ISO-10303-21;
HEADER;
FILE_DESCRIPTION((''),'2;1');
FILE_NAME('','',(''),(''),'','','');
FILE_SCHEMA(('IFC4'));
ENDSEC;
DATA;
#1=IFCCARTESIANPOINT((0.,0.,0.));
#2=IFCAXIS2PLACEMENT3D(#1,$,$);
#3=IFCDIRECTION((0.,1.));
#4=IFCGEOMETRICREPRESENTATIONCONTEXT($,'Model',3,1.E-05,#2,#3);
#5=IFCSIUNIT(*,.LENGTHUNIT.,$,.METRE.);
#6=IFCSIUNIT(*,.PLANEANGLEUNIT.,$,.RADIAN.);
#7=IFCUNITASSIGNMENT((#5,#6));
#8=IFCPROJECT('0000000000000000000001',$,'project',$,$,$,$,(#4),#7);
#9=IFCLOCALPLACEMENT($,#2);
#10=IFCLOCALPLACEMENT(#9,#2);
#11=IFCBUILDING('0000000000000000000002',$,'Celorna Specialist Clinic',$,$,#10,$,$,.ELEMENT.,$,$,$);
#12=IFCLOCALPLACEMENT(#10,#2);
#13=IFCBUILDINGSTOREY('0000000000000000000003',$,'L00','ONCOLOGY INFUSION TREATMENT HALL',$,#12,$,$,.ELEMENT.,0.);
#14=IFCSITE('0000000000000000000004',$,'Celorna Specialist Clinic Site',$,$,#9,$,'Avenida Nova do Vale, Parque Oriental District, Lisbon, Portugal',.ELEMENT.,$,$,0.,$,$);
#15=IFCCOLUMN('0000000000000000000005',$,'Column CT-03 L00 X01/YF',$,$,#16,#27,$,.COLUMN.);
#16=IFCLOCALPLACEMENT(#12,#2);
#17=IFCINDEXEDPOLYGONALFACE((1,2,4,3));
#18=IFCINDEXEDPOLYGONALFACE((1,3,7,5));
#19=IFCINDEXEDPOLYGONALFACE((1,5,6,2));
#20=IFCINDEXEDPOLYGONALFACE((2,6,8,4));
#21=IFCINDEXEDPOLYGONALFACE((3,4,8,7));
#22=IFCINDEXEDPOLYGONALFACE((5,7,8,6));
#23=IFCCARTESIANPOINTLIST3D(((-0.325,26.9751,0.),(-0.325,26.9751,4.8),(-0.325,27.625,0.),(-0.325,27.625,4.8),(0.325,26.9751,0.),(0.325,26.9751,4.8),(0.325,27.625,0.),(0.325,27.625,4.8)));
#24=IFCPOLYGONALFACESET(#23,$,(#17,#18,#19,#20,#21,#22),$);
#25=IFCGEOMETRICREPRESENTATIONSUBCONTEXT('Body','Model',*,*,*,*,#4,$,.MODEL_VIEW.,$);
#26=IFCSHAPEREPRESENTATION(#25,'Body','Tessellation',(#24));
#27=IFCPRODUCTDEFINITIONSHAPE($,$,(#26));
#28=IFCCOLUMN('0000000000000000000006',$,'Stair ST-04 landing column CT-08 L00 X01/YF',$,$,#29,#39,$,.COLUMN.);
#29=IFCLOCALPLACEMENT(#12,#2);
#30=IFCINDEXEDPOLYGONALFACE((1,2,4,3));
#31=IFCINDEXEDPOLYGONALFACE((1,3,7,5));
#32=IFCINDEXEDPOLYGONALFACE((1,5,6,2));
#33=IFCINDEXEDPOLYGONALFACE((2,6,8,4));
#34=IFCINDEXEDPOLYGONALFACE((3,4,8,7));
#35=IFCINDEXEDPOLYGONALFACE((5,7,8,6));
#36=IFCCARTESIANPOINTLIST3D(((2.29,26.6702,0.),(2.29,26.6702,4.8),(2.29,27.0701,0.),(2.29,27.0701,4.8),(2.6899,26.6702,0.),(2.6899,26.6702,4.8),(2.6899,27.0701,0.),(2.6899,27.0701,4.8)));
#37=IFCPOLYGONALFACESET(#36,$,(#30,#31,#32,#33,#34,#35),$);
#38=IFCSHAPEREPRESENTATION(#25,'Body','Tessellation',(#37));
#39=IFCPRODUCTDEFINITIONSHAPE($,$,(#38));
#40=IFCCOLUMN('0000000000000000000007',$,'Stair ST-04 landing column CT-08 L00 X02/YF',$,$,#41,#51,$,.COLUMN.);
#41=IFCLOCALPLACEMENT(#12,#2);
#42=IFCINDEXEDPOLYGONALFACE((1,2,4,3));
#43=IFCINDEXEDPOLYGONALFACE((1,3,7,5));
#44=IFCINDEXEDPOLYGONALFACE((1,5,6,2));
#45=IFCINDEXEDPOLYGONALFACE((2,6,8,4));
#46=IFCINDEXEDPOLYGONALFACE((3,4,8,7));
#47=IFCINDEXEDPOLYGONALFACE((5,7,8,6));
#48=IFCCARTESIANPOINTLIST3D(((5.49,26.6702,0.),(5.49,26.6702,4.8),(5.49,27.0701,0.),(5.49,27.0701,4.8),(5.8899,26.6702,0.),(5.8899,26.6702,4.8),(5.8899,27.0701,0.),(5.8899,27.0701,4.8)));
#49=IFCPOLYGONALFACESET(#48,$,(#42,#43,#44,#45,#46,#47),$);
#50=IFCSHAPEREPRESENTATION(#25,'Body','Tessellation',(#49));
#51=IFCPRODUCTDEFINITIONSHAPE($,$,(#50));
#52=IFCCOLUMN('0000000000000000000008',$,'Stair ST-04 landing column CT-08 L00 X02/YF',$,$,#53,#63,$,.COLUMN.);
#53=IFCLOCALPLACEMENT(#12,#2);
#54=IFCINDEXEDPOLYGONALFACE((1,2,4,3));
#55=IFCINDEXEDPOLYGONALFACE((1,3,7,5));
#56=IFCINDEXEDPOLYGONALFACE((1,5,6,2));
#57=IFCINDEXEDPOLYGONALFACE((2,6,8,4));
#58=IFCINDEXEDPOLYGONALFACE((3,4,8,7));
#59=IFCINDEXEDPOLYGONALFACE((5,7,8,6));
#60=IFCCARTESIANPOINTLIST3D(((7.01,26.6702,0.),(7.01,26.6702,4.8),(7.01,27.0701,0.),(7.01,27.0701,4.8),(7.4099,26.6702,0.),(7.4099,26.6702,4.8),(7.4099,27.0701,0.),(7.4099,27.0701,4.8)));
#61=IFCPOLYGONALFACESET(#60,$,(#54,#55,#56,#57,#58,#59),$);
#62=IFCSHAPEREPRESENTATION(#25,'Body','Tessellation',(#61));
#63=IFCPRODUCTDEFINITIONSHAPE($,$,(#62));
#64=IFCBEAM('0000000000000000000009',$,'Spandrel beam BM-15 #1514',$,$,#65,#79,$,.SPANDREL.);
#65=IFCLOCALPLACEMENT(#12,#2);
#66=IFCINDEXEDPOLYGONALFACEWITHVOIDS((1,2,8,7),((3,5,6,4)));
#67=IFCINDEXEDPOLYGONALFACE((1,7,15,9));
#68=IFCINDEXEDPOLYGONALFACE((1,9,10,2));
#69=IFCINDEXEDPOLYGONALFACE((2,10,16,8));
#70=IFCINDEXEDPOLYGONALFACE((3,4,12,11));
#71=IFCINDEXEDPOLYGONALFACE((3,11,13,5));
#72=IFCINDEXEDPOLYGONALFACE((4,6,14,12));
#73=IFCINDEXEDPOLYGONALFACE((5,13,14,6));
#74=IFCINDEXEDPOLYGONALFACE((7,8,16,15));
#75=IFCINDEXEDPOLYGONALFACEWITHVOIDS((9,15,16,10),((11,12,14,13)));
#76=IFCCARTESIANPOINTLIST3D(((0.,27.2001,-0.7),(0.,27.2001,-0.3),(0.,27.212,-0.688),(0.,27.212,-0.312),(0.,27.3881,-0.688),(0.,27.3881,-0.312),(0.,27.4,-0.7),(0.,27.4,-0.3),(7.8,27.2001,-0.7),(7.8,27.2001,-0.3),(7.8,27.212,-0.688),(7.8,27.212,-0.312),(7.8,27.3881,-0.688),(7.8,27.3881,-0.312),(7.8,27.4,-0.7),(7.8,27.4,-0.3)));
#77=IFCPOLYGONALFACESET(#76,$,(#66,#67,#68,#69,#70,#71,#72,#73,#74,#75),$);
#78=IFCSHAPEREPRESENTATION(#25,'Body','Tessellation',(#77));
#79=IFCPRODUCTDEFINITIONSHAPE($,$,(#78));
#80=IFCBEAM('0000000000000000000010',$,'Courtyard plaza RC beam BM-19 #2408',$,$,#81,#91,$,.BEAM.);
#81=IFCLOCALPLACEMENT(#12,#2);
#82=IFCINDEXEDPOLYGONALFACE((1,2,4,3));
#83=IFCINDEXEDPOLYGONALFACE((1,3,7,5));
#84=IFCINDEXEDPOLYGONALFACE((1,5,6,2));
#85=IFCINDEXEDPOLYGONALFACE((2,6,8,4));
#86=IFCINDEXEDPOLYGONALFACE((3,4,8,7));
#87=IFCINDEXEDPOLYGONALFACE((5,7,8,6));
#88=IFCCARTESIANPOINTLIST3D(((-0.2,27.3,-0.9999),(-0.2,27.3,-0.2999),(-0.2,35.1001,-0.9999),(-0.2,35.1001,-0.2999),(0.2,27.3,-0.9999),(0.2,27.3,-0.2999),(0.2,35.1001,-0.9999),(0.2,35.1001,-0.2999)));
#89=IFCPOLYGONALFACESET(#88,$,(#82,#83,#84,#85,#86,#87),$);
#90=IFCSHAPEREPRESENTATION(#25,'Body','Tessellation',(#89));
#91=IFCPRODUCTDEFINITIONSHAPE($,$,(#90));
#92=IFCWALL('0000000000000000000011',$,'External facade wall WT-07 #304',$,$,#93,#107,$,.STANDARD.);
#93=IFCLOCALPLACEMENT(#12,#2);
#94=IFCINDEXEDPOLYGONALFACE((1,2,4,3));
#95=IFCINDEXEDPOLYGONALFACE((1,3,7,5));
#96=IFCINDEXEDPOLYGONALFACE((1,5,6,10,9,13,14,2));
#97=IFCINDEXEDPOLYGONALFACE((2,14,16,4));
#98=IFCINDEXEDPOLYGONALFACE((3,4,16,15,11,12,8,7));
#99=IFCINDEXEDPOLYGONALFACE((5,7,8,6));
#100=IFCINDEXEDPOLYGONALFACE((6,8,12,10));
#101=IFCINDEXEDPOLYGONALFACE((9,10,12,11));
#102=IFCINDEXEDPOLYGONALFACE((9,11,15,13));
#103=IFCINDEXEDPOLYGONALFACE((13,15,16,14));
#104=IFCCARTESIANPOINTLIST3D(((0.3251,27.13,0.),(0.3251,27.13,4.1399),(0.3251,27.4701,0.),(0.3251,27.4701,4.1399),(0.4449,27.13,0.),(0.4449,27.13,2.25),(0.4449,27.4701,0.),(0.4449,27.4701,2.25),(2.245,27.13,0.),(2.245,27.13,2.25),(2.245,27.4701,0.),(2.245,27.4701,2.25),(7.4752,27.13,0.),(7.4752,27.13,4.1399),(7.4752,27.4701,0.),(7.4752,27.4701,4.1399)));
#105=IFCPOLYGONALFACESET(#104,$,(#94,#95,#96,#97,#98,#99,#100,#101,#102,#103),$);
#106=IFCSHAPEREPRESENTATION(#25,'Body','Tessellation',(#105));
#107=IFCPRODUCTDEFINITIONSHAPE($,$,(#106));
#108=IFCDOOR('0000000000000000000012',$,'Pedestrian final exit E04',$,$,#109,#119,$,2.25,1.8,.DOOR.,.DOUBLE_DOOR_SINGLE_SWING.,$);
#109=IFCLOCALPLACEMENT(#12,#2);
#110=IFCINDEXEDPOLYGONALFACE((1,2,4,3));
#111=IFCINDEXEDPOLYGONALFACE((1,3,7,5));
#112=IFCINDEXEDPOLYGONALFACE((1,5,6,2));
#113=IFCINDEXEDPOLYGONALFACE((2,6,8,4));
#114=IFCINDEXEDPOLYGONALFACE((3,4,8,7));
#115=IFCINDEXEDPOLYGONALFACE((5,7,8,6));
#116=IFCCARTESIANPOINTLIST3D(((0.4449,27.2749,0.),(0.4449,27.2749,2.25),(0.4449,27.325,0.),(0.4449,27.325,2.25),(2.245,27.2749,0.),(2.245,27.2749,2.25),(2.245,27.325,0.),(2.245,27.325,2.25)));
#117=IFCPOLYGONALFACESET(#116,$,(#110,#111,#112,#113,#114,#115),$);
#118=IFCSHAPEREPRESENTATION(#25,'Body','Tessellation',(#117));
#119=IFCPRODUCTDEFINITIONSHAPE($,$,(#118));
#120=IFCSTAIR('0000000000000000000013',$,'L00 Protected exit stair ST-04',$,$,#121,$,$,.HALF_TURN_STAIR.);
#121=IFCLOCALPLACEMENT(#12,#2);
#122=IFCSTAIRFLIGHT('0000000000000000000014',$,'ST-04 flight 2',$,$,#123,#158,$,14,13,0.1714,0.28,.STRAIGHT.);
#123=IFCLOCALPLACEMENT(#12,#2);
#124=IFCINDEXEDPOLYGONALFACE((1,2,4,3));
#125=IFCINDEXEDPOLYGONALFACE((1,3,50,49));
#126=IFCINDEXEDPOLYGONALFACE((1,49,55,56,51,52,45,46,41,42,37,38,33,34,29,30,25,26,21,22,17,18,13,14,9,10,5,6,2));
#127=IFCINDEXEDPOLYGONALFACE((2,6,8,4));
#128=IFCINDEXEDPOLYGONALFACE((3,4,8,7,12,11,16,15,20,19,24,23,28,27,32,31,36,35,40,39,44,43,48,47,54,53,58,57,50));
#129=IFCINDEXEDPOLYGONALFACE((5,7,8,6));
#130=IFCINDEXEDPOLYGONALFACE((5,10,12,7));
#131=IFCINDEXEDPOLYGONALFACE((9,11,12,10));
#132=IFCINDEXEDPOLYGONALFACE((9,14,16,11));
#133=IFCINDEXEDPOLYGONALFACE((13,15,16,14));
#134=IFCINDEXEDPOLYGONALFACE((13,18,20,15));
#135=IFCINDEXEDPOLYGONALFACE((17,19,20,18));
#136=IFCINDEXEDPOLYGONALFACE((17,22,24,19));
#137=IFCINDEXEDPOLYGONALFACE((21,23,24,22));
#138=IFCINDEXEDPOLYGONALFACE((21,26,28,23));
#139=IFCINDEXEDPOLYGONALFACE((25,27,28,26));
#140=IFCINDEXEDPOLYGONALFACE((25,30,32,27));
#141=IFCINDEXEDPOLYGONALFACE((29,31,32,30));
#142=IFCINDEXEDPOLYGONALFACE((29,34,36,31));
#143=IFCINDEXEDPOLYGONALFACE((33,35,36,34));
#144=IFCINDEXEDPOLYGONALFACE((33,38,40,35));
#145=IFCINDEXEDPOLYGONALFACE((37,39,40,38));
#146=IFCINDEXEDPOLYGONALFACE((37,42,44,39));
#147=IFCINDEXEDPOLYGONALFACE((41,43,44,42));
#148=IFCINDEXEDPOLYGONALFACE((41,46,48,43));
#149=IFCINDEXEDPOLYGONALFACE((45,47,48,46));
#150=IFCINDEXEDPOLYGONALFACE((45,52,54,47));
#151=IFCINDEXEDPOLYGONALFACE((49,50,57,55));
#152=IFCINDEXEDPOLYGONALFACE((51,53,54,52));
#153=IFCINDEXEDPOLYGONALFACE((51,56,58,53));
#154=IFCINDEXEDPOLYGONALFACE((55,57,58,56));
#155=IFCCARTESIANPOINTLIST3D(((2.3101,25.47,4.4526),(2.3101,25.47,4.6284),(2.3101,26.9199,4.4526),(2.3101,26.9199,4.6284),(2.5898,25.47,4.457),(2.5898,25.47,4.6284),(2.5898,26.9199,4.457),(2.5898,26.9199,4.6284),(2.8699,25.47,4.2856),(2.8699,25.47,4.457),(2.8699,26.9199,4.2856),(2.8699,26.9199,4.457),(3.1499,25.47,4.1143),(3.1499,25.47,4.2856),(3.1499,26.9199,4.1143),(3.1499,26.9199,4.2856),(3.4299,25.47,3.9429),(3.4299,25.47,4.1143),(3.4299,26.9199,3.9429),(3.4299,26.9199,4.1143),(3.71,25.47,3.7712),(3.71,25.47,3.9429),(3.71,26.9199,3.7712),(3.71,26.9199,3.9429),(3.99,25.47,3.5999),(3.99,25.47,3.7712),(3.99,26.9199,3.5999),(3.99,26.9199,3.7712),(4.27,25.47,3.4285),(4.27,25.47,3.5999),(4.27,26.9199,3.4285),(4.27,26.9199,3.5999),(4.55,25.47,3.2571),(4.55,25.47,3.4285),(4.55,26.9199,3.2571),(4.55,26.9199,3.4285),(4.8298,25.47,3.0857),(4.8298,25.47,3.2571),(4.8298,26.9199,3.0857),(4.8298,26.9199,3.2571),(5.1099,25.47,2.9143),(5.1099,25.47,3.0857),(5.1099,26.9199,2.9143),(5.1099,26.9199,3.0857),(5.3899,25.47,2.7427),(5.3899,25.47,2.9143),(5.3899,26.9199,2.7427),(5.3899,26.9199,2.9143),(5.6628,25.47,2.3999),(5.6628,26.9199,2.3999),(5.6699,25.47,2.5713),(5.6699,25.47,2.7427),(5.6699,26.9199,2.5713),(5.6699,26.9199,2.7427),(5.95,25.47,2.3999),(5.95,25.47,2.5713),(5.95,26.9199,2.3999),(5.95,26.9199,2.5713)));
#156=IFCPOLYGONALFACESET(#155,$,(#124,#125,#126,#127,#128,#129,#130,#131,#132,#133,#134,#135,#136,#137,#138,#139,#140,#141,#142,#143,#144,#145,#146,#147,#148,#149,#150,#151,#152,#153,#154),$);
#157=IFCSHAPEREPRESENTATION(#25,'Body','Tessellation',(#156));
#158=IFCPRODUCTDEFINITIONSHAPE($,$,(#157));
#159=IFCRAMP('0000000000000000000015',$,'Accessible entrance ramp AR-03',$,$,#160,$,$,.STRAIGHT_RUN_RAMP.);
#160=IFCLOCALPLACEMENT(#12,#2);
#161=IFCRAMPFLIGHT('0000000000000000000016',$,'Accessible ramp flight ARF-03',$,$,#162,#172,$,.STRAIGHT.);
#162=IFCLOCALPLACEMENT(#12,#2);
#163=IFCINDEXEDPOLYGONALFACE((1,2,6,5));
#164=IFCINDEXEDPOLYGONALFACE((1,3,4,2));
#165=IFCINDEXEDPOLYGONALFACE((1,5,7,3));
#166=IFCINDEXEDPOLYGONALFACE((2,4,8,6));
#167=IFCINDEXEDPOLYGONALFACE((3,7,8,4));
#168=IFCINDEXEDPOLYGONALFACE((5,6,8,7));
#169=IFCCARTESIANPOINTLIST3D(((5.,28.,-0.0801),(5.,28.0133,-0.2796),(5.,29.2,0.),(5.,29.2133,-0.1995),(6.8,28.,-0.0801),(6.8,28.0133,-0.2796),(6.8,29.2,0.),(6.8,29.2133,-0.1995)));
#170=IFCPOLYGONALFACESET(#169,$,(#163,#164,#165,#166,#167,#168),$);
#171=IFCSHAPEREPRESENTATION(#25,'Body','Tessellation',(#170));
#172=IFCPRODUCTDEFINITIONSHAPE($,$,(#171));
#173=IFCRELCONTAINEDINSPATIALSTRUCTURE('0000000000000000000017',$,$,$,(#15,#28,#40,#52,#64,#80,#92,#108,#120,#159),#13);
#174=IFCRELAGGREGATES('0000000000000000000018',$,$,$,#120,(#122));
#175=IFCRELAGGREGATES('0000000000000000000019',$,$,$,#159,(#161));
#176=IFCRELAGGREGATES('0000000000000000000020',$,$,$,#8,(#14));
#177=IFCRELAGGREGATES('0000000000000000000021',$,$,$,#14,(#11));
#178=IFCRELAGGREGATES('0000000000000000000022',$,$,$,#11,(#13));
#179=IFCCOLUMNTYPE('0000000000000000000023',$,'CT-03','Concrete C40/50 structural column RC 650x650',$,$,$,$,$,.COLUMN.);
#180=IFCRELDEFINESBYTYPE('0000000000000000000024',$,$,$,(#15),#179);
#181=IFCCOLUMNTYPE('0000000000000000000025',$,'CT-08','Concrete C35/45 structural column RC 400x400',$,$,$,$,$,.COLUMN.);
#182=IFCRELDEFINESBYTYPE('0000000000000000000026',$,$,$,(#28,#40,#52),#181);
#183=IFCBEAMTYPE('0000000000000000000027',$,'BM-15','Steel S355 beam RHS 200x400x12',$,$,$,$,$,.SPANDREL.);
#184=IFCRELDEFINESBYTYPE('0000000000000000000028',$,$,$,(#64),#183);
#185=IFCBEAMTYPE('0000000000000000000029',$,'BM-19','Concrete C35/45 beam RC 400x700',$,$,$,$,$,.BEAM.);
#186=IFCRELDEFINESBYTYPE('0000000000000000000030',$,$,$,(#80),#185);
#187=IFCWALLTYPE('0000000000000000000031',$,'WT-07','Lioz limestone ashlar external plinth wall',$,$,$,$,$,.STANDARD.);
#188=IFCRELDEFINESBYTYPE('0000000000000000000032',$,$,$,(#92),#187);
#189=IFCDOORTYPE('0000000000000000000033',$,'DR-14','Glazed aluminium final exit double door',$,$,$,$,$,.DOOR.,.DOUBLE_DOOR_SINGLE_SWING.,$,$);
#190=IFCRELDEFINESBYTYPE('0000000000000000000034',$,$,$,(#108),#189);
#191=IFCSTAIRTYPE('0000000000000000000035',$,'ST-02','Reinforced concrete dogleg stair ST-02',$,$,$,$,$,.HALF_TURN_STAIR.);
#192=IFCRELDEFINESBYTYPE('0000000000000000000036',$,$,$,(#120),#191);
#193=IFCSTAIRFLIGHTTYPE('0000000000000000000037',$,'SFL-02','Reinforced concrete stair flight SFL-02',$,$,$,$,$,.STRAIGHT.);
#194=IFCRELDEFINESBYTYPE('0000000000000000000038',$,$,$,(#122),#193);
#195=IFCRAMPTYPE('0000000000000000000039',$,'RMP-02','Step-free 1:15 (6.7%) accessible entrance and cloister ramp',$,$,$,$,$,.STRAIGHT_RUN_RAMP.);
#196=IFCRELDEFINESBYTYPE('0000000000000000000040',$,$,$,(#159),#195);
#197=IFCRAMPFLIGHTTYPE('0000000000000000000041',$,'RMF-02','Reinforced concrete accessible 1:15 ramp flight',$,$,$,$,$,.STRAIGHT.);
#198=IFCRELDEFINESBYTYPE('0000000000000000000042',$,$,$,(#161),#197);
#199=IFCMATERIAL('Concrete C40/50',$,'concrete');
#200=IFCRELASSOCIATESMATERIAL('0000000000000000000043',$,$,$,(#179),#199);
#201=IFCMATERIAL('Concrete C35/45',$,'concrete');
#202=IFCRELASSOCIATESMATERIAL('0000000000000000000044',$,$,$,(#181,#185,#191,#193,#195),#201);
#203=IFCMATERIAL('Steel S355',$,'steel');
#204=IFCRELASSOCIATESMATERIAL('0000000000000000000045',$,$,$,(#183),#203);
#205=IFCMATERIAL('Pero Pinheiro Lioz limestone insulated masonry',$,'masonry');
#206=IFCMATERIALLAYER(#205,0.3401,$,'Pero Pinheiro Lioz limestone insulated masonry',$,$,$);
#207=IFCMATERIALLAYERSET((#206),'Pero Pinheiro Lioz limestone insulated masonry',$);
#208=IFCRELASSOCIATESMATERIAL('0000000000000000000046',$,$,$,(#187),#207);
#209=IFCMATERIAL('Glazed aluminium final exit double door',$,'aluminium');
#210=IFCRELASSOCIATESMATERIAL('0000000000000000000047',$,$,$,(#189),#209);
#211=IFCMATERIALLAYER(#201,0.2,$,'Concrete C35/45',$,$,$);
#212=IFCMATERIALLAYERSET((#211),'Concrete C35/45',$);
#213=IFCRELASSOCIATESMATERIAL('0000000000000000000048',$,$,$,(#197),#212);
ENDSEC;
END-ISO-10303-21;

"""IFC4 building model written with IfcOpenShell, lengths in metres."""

from ifc_helpers import new_model, si_unit, direction, frame, frame_2d, origin, origin_2d, place, context, subcontext, project, spatial, polyline, rectangle, hollow_rectangle, outline, extrude, material, layer, layer_set, material_profile, profile_set, type_object, element, fill, aggregate, save


model = new_model("IFC4")

# Units and contexts
model_context = context("Model", 3, precision=1e-05, world=origin(), true_north=direction((0.0, 1.0)))
body_context = subcontext(model_context, "Body", "Model", "MODEL_VIEW")
ifc_project = project(units=[si_unit("LENGTHUNIT", "METRE"), si_unit("PLANEANGLEUNIT", "RADIAN")], contexts=[model_context])

# Site, building, storey
site_placement = place(None, origin())
site = spatial("IfcSite", under=ifc_project, at=site_placement, Name="Celorna Specialist Clinic Site", LongName="Avenida Nova do Vale, Parque Oriental District, Lisbon, Portugal", CompositionType="ELEMENT", RefElevation=0.0)
building_placement = place(site_placement, origin())
building = spatial("IfcBuilding", under=site, at=building_placement, Name="Celorna Specialist Clinic", CompositionType="ELEMENT")
storey_placement = place(building_placement, origin())
storey = spatial("IfcBuildingStorey", under=building, at=storey_placement, Name="L00", Description="ONCOLOGY INFUSION TREATMENT HALL", CompositionType="ELEMENT", Elevation=0.0)

# Columns
ifc_material_1 = material(Name="Concrete C40/50", Category="concrete")
ifc_material_profile_1 = material_profile(ifc_material_1, rectangle(XDim=0.6499, YDim=0.6499, at=origin_2d()), Name="RC 650x650")
ifc_profile_set_1 = profile_set([ifc_material_profile_1], Name="Concrete C40/50")
column_type_1 = type_object("IfcColumnType", Name="CT-03", Description="Concrete C40/50 structural column RC 650x650", PredefinedType="COLUMN", material=ifc_profile_set_1)
column_placement = place(storey_placement, frame((0.0, 27.3, 0.0), z_axis=(0.0, 0.0, 1.0), x_axis=(1.0, 0.0, 0.0)))
element("IfcColumn", 1, at=column_placement, inside=storey, type_object=column_type_1, Name="Column CT-03 L00 X01/YF", PredefinedType="COLUMN", context=body_context, shape_type="SweptSolid", body=[
    extrude(rectangle(XDim=0.6499, YDim=0.6499, at=origin_2d()), origin(), (0.0, 0.0, 1.0), 4.8),
])
ifc_material_2 = material(Name="Concrete C35/45", Category="concrete")
ifc_material_profile_2 = material_profile(ifc_material_2, rectangle(XDim=0.3999, YDim=0.3999, at=origin_2d()), Name="RC 400x400")
ifc_profile_set_2 = profile_set([ifc_material_profile_2], Name="Concrete C35/45")
column_type_2 = type_object("IfcColumnType", Name="CT-08", Description="Concrete C35/45 structural column RC 400x400", PredefinedType="COLUMN", material=ifc_profile_set_2)
for number, where, z_axis, x_axis, name in (
    (2, (2.49, 26.8701, 0.0), (0.0, 0.0, 1.0), (1.0, 0.0, 0.0), "Stair ST-04 landing column CT-08 L00 X01/YF"),
    (3, (5.6899, 26.8701, 0.0), (0.0, 0.0, 1.0), (1.0, 0.0, 0.0), "Stair ST-04 landing column CT-08 L00 X02/YF"),
    (4, (7.21, 26.8701, 0.0), (0.0, 0.0, 1.0), (1.0, 0.0, 0.0), "Stair ST-04 landing column CT-08 L00 X02/YF"),
):
    element("IfcColumn", number, at=place(storey_placement, frame(where, z_axis=z_axis, x_axis=x_axis)), inside=storey, type_object=column_type_2, Name=name, PredefinedType="COLUMN", context=body_context, shape_type="SweptSolid", body=[
        extrude(rectangle(XDim=0.3999, YDim=0.3999, at=origin_2d()), origin(), (0.0, 0.0, 1.0), 4.8),
    ])

# Beams
ifc_material_3 = material(Name="Steel S355", Category="steel")
ifc_material_profile_3 = material_profile(ifc_material_3, hollow_rectangle(XDim=0.2, YDim=0.3999, WallThickness=0.012, at=origin_2d()), Name="RHS 200x400x12")
ifc_profile_set_3 = profile_set([ifc_material_profile_3], Name="Steel S355")
beam_type_1 = type_object("IfcBeamType", Name="BM-15", Description="Steel S355 beam RHS 200x400x12", PredefinedType="SPANDREL", material=ifc_profile_set_3)
beam_1_placement = place(storey_placement, frame((0.0, 27.3, -0.5), z_axis=(1.0, 0.0, 0.0), x_axis=(0.0, 1.0, 0.0)))
element("IfcBeam", 5, at=beam_1_placement, inside=storey, type_object=beam_type_1, Name="Spandrel beam BM-15 #1514", PredefinedType="SPANDREL", context=body_context, shape_type="SweptSolid", body=[
    extrude(hollow_rectangle(XDim=0.2, YDim=0.3999, WallThickness=0.012, at=origin_2d()), origin(), (0.0, 0.0, 1.0), 7.8),
])
ifc_material_profile_4 = material_profile(ifc_material_2, rectangle(XDim=0.3999, YDim=0.7, at=origin_2d()), Name="RC 400x700")
ifc_profile_set_4 = profile_set([ifc_material_profile_4], Name="Concrete C35/45")
beam_type_2 = type_object("IfcBeamType", Name="BM-19", Description="Concrete C35/45 beam RC 400x700", PredefinedType="BEAM", material=ifc_profile_set_4)
beam_2_placement = place(storey_placement, frame((0.0, 27.3, -0.6499), z_axis=(0.0, 1.0, 0.0), x_axis=(-1.0, 0.0, 0.0)))
element("IfcBeam", 6, at=beam_2_placement, inside=storey, type_object=beam_type_2, Name="Courtyard plaza RC beam BM-19 #2408", PredefinedType="BEAM", context=body_context, shape_type="SweptSolid", body=[
    extrude(rectangle(XDim=0.3999, YDim=0.7, at=origin_2d()), origin(), (0.0, 0.0, 1.0), 7.8),
])

# Wall, opening, door
ifc_material_4 = material(Name="Pero Pinheiro Lioz limestone insulated masonry", Category="masonry")
ifc_layer_1 = layer(ifc_material_4, 0.3401, Name="Pero Pinheiro Lioz limestone insulated masonry")
ifc_layer_set_1 = layer_set([ifc_layer_1], Name="Pero Pinheiro Lioz limestone insulated masonry")
wall_type = type_object("IfcWallType", Name="WT-07", Description="Lioz limestone ashlar external plinth wall", PredefinedType="STANDARD", material=ifc_layer_set_1)
wall_placement = place(storey_placement, frame((0.325, 27.3, 0.0), z_axis=(0.0, 0.0, 1.0), x_axis=(1.0, 0.0, 0.0)))
wall = element("IfcWall", 7, at=wall_placement, inside=storey, type_object=wall_type, Name="External facade wall WT-07 #304", PredefinedType="STANDARD", context=body_context, shape_type="SweptSolid", body=[
    extrude(rectangle(XDim=7.1501, YDim=0.3401, at=frame_2d((3.5752, 0.0))), origin(), (0.0, 0.0, 1.0), 4.1399),
])
opening_placement = place(wall_placement, frame((0.1201, 0.0, 0.0)))
opening = element("IfcOpeningElement", 8, at=opening_placement, cuts=wall, PredefinedType="OPENING", context=body_context, shape_type="SweptSolid", body=[
    extrude(rectangle(XDim=1.8, YDim=2.25, at=frame_2d((0.8999, 1.125))), frame((0.0, 0.1799, 0.0), z_axis=(0.0, -1.0, 0.0), x_axis=(1.0, 0.0, 0.0)), (0.0, 0.0, 1.0), 0.3601),
])
ifc_material_5 = material(Name="Glazed aluminium final exit double door", Category="aluminium")
door_type = type_object("IfcDoorType", Name="DR-14", Description="Glazed aluminium final exit double door", OperationType="DOUBLE_DOOR_SINGLE_SWING", PredefinedType="DOOR", material=ifc_material_5)
door_placement = place(opening_placement, origin())
door = element("IfcDoor", 9, at=door_placement, inside=storey, type_object=door_type, Name="Pedestrian final exit E04", OperationType="DOUBLE_DOOR_SINGLE_SWING", OverallHeight=2.25, OverallWidth=1.8, PredefinedType="DOOR", context=body_context, shape_type="SweptSolid", body=[
    extrude(rectangle(XDim=1.8, YDim=2.25, at=frame_2d((0.8999, 1.125))), frame((0.0, 0.0249, 0.0), z_axis=(0.0, -1.0, 0.0), x_axis=(1.0, 0.0, 0.0)), (0.0, 0.0, 1.0), 0.05),
])
fill(opening, door)

# Stair, stair flight
stair_type = type_object("IfcStairType", Name="ST-02", Description="Reinforced concrete dogleg stair ST-02", PredefinedType="HALF_TURN_STAIR", material=ifc_material_2)
stair_placement = place(storey_placement, origin())
stair = element("IfcStair", 10, at=stair_placement, inside=storey, type_object=stair_type, Name="L00 Protected exit stair ST-04", PredefinedType="HALF_TURN_STAIR")
stair_flight_type = type_object("IfcStairFlightType", Name="SFL-02", Description="Reinforced concrete stair flight SFL-02", PredefinedType="STRAIGHT", material=ifc_material_2)
stair_flight_placement = place(storey_placement, frame((5.95, 26.1951, 2.3999), z_axis=(0.0, 0.0, 1.0), x_axis=(-1.0, 0.0, 0.0)))
stair_flight = element("IfcStairFlight", 11, at=stair_flight_placement, type_object=stair_flight_type, Name="ST-04 flight 2", NumberOfRisers=14, NumberOfTreads=13, PredefinedType="STRAIGHT", RiserHeight=0.1714, TreadLength=0.28, context=body_context, shape_type="SweptSolid", body=[
    extrude(outline(polyline([(0.0, 0.0), (0.0, 0.1714), (0.28, 0.1714), (0.28, 0.3428), (0.5601, 0.3428), (0.5601, 0.5144), (0.8401, 0.5144), (0.8401, 0.6858), (1.1201, 0.6858), (1.1201, 0.8572), (1.3999, 0.8572), (1.3999, 1.0286), (1.6799, 1.0286), (1.6799, 1.2), (1.96, 1.2), (1.96, 1.3713), (2.24, 1.3713), (2.24, 1.543), (2.52, 1.543), (2.52, 1.7144), (2.8, 1.7144), (2.8, 1.8857), (3.0801, 1.8857), (3.0801, 2.0571), (3.3601, 2.0571), (3.3601, 2.2285), (3.6399, 2.2285), (3.6399, 2.3999), (3.6399, 2.0527), (0.2871, 0.0), (0.0, 0.0)])), frame((0.0, 0.7251, 0.0), z_axis=(0.0, -1.0, 0.0), x_axis=(1.0, 0.0, 0.0)), (0.0, 0.0, 1.0), 1.45),
])
aggregate(stair, [stair_flight])

# Ramp, ramp flight
ramp_type = type_object("IfcRampType", Name="RMP-02", Description="Step-free 1:15 (6.7%) accessible entrance and cloister ramp", PredefinedType="STRAIGHT_RUN_RAMP", material=ifc_material_2)
ramp_placement = place(storey_placement, origin())
ramp = element("IfcRamp", 12, at=ramp_placement, inside=storey, type_object=ramp_type, Name="Accessible entrance ramp AR-03", PredefinedType="STRAIGHT_RUN_RAMP")
ifc_layer_2 = layer(ifc_material_2, 0.2, Name="Concrete C35/45")
ifc_layer_set_2 = layer_set([ifc_layer_2], Name="Concrete C35/45")
ramp_flight_type = type_object("IfcRampFlightType", Name="RMF-02", Description="Reinforced concrete accessible 1:15 ramp flight", PredefinedType="STRAIGHT", material=ifc_layer_set_2)
ramp_flight_placement = place(storey_placement, frame((5.0, 28.0, -0.0801), z_axis=(0.0, -0.066586, 0.997781), x_axis=(1.0, 0.0, 0.0)))
ramp_flight = element("IfcRampFlight", 13, at=ramp_flight_placement, type_object=ramp_flight_type, Name="Accessible ramp flight ARF-03", PredefinedType="STRAIGHT", context=body_context, shape_type="SweptSolid", body=[
    extrude(outline(polyline([(0.0, 0.0), (1.8, 0.0), (1.8, 1.2026), (0.0, 1.2026), (0.0, 0.0)])), origin(), (0.0, 0.0, -1.0), 0.2),
])
aggregate(ramp, [ramp_flight])

save(model, "model.ifc")
